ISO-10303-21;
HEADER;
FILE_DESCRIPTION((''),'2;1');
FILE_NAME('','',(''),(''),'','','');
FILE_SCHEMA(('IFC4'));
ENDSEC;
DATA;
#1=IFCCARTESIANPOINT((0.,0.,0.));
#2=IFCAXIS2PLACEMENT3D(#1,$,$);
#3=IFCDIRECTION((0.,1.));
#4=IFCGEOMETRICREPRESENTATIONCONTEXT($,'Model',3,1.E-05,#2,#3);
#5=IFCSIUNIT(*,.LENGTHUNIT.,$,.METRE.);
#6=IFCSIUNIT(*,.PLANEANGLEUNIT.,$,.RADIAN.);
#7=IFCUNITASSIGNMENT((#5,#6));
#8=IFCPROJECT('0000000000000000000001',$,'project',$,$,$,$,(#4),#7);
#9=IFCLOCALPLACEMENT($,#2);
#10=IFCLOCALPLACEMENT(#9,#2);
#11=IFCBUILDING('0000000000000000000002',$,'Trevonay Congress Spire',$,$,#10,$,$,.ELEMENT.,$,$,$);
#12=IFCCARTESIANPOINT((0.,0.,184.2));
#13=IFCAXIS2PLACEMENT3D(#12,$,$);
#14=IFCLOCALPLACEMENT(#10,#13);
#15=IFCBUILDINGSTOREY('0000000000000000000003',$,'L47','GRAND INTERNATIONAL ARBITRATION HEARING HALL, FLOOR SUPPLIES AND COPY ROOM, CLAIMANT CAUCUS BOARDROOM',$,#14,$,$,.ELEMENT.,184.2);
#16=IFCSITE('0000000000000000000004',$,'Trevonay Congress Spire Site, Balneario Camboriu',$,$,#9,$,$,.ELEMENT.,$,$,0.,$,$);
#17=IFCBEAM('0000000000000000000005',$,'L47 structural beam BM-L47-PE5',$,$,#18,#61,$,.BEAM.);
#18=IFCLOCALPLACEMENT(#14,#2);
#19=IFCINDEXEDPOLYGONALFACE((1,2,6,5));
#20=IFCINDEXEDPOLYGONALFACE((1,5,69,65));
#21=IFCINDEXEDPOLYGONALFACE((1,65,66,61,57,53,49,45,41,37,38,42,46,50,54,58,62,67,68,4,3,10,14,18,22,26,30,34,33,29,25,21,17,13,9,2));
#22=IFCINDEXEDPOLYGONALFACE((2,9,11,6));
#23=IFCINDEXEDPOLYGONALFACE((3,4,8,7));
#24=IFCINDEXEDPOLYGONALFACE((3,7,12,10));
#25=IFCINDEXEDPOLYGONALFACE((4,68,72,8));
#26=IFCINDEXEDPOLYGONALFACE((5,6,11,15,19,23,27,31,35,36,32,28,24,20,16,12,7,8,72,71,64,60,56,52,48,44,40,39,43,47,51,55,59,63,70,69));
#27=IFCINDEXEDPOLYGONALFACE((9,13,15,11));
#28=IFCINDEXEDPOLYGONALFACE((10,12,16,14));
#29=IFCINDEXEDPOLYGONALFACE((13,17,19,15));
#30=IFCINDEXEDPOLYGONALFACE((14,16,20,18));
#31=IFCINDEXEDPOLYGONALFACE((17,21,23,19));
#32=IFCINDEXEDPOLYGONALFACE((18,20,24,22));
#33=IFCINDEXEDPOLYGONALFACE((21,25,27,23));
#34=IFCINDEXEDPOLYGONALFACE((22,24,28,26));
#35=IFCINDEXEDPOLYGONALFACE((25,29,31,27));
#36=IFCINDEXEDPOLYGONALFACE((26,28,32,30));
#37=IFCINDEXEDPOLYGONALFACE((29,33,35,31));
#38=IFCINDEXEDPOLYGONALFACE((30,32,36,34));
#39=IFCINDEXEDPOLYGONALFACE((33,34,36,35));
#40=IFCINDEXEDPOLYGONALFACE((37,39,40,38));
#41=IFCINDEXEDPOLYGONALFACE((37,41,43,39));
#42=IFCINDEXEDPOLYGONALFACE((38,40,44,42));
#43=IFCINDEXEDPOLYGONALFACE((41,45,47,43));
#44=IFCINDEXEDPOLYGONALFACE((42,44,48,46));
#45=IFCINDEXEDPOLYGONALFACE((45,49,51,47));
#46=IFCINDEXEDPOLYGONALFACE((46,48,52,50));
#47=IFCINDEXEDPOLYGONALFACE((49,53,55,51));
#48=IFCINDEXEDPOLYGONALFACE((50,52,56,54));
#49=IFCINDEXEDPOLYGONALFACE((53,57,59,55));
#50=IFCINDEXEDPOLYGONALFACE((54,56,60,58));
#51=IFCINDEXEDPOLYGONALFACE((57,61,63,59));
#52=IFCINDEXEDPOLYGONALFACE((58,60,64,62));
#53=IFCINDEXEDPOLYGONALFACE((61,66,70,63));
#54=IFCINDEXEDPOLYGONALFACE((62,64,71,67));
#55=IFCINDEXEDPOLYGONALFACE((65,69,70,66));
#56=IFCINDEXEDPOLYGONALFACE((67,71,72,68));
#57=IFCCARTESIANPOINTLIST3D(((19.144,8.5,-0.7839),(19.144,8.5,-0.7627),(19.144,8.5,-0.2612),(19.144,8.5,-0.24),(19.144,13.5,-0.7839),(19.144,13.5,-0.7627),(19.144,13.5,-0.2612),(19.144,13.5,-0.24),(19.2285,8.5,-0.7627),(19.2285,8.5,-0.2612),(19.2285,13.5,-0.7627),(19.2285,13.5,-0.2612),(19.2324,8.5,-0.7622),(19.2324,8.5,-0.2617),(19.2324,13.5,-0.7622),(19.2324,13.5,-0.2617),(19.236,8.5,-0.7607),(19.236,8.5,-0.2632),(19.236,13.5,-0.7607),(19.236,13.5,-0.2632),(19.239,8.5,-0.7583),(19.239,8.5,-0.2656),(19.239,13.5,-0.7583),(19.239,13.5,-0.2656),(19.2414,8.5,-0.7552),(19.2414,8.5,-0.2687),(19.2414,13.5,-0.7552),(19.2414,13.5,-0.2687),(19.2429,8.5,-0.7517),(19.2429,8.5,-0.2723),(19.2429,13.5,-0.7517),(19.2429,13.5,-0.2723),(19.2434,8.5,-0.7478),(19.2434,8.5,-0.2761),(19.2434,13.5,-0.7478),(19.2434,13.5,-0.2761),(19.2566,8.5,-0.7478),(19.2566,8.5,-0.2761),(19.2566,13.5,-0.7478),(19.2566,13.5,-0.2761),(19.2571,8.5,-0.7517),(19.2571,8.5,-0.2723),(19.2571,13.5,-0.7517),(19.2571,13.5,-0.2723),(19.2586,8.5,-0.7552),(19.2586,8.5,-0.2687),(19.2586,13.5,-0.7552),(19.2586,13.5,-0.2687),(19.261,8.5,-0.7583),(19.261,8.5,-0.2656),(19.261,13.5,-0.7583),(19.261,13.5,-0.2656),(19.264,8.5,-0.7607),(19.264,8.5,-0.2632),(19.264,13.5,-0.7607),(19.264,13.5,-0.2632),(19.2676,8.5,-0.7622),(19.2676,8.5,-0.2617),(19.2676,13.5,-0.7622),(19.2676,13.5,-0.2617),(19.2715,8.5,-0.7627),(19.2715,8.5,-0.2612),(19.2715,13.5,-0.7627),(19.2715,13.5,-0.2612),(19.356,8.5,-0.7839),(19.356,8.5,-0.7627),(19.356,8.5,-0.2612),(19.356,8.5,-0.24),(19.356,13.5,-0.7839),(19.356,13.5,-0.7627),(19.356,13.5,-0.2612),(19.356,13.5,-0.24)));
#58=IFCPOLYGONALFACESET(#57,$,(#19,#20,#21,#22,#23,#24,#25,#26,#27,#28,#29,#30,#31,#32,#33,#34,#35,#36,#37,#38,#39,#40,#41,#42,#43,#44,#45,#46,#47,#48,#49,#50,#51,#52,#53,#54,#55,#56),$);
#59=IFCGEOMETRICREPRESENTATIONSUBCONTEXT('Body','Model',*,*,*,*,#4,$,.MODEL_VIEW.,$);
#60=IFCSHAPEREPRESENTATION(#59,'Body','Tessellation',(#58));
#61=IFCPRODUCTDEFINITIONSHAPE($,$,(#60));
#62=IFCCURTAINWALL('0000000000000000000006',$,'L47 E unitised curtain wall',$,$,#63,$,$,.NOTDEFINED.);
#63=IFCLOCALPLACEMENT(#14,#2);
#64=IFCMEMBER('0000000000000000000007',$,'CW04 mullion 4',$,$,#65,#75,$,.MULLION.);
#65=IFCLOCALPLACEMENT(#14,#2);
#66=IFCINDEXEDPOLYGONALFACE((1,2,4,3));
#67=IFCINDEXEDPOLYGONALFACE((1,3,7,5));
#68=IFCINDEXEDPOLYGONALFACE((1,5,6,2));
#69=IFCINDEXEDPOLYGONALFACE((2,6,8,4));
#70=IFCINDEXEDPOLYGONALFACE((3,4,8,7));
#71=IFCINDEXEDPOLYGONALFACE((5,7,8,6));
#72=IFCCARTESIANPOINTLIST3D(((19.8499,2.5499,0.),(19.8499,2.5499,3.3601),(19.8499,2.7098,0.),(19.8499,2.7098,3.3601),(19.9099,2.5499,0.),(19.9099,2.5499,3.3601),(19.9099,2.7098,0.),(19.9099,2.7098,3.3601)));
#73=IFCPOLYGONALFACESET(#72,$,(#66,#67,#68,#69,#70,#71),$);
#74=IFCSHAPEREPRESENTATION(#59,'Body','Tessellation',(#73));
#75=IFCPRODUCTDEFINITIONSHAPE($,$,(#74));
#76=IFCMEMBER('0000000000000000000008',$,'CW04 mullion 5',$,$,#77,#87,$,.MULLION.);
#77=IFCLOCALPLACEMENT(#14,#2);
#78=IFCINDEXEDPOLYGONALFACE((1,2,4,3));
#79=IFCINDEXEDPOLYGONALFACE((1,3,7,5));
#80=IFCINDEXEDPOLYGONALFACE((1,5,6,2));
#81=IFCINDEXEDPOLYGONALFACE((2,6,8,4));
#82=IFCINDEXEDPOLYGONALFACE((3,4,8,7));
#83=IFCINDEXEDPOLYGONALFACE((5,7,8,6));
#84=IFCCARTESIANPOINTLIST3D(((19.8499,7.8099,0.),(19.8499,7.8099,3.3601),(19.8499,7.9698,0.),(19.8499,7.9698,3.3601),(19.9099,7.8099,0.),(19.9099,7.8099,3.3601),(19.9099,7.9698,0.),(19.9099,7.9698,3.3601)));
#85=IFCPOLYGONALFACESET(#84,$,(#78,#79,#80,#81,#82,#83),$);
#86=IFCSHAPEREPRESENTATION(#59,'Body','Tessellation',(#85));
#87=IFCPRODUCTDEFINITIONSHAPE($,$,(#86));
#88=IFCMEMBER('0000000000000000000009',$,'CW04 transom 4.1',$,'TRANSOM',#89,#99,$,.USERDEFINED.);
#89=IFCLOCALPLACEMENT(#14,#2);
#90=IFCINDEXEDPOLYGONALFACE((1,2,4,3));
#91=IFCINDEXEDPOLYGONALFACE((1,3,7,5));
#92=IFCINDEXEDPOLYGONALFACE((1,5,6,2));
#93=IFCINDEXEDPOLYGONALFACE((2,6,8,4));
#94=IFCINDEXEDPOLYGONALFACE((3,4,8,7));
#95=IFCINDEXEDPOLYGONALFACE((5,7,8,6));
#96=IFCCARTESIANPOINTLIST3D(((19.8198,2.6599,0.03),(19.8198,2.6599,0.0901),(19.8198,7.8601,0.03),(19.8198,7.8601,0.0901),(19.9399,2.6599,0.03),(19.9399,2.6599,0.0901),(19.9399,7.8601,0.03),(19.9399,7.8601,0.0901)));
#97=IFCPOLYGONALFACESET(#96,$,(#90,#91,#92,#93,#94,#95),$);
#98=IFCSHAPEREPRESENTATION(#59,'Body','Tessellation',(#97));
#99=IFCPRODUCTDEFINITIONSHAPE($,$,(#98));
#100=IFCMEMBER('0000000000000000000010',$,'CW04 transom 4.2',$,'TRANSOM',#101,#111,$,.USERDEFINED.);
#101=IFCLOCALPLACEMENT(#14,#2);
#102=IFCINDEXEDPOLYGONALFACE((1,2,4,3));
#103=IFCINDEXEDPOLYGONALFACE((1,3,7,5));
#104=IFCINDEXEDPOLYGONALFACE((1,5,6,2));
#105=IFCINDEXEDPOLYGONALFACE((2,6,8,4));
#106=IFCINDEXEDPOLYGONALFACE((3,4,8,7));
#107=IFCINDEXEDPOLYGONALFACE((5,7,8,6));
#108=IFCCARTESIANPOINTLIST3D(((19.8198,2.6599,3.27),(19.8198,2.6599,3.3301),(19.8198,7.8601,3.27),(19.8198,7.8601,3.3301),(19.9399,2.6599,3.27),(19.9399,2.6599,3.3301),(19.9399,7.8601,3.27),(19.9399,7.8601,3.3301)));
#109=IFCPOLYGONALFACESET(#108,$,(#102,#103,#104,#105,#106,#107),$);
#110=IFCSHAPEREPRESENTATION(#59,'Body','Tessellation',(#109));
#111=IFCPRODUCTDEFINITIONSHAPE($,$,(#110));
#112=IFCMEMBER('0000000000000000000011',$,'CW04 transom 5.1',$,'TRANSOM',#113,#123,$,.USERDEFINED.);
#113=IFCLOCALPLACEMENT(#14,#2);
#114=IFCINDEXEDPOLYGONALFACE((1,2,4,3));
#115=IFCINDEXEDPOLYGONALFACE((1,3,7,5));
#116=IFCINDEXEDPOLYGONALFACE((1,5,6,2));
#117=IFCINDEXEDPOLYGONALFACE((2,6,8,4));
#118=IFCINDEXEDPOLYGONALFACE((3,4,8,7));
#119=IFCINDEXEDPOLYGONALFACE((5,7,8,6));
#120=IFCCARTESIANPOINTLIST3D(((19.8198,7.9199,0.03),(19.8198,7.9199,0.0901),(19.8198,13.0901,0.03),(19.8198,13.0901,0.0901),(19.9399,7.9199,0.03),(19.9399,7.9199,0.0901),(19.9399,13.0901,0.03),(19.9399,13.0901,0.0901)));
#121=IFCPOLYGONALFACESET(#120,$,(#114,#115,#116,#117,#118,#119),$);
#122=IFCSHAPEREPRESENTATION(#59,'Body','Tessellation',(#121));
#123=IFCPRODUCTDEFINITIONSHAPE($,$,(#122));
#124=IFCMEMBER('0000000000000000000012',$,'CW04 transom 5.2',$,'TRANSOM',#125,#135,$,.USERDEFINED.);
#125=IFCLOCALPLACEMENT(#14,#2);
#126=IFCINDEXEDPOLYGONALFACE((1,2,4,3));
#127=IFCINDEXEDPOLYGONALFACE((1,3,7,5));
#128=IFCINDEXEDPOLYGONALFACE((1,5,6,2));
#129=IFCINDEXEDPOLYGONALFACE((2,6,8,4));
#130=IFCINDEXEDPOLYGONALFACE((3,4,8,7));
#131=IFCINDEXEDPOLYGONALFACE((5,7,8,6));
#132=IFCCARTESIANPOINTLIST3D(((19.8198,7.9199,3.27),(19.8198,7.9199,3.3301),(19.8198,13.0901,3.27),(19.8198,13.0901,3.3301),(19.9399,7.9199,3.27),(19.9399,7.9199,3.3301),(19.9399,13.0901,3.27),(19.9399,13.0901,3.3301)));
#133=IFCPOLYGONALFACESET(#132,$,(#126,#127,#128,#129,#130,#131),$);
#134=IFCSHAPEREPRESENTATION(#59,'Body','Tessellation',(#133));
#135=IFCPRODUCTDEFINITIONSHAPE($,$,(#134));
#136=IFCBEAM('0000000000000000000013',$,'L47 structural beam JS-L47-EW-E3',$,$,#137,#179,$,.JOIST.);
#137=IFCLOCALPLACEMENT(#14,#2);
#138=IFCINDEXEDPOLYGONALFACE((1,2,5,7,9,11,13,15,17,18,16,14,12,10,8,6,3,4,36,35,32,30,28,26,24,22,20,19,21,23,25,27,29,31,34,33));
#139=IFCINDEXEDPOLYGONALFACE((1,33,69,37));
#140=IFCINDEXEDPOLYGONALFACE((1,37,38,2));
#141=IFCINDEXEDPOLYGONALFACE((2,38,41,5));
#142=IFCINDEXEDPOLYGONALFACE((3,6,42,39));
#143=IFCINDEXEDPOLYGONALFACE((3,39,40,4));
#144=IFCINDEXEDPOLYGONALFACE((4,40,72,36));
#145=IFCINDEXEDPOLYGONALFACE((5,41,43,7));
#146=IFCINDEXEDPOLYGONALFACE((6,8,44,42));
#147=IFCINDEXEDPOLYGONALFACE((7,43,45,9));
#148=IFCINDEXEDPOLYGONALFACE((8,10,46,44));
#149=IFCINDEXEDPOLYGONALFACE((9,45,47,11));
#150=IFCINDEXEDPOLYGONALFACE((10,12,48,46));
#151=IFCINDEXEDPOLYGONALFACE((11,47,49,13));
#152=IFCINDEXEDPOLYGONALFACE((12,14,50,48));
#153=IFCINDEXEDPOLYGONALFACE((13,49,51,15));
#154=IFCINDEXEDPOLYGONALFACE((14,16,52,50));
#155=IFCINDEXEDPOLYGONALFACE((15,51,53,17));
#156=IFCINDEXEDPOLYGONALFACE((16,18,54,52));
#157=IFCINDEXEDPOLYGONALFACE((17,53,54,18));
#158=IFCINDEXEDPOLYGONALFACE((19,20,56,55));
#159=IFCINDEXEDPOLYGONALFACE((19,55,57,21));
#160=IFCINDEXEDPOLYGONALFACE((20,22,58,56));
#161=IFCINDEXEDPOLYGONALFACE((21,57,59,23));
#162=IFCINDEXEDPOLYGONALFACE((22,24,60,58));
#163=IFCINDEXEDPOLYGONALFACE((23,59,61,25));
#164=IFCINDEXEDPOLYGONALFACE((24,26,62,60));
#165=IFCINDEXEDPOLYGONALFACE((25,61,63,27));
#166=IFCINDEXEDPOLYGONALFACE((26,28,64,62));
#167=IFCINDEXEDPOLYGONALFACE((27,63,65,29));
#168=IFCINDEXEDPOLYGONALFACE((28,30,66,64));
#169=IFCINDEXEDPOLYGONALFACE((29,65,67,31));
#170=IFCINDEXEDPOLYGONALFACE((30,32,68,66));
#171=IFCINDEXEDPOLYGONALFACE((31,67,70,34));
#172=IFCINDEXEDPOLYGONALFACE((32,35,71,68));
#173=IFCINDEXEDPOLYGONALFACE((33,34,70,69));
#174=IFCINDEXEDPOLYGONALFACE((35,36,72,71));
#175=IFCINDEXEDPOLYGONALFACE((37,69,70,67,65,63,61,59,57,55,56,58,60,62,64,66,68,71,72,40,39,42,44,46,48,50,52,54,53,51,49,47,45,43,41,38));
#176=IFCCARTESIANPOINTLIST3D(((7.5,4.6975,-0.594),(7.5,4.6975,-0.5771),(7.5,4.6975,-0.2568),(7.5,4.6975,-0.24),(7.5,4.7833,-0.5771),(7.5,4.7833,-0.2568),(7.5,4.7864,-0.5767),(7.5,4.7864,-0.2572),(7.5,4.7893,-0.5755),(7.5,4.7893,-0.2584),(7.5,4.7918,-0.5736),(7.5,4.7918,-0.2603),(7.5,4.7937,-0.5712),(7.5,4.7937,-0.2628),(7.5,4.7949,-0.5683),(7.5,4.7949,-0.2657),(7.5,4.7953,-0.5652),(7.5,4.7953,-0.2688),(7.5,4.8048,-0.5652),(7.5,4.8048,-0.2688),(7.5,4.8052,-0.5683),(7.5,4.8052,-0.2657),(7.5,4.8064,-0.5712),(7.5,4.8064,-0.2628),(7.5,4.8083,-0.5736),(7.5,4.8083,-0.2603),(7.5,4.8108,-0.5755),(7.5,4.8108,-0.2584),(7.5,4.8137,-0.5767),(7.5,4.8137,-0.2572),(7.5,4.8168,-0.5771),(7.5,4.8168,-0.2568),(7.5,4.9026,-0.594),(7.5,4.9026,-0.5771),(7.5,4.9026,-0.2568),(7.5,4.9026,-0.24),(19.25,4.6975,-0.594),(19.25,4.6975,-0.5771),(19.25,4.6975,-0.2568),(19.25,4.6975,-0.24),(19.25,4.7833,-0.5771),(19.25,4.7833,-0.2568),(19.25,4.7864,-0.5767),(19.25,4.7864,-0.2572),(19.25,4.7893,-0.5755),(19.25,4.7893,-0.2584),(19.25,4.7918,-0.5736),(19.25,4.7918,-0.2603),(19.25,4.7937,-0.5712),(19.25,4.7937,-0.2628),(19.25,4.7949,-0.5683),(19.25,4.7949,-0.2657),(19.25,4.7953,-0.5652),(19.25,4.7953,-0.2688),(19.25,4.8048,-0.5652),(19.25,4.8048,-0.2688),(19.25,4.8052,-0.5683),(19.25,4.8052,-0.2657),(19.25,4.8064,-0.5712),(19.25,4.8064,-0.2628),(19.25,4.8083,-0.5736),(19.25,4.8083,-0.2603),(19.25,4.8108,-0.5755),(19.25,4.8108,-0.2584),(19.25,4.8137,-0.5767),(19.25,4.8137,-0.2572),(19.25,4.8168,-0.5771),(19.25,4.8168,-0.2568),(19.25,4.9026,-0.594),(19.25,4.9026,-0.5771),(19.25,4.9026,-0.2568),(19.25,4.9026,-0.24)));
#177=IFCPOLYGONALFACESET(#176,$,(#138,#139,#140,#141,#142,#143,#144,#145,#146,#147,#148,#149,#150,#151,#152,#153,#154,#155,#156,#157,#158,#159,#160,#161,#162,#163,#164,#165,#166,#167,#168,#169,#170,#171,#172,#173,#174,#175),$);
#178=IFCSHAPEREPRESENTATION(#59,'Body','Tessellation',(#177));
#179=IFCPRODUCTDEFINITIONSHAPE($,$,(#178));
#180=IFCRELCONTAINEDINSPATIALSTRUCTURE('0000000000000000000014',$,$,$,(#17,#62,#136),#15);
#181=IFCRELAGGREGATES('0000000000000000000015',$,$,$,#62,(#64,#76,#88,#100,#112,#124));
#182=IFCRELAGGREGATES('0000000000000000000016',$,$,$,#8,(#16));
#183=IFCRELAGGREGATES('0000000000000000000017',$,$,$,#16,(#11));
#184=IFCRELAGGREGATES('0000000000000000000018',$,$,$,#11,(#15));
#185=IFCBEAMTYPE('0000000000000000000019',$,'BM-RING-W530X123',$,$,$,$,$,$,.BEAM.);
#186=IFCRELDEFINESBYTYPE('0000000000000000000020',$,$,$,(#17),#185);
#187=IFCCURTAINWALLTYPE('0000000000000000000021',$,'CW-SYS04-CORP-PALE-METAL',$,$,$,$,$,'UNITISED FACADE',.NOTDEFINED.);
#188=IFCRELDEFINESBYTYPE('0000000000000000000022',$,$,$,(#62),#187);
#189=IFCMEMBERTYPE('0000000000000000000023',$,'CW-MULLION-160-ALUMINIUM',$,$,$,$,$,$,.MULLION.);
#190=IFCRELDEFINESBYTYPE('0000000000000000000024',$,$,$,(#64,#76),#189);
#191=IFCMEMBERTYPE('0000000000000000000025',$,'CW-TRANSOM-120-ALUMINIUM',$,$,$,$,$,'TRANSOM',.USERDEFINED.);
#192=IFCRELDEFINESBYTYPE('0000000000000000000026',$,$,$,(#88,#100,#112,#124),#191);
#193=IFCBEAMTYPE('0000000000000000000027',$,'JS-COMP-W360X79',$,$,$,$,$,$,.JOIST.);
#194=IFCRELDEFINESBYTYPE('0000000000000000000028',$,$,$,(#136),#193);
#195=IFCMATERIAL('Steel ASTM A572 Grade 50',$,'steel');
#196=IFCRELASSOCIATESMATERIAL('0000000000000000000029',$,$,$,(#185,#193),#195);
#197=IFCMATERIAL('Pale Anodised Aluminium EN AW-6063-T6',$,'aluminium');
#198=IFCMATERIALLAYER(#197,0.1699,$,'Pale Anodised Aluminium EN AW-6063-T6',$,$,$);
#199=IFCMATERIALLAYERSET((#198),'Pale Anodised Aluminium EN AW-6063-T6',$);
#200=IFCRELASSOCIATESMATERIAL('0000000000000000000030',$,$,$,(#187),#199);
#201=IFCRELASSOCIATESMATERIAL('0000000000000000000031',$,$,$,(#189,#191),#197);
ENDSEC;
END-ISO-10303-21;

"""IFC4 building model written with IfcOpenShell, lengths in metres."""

from ifc_helpers import new_model, si_unit, direction, frame, origin, origin_2d, place, context, subcontext, project, spatial, rectangle, i_section, extrude, material, layer, layer_set, material_profile, profile_set, type_object, element, aggregate, save


model = new_model("IFC4")

# Units and contexts
model_context = context("Model", 3, precision=1e-05, world=origin(), true_north=direction((0.0, 1.0)))
body_context = subcontext(model_context, "Body", "Model", "MODEL_VIEW")
ifc_project = project(units=[si_unit("LENGTHUNIT", "METRE"), si_unit("PLANEANGLEUNIT", "RADIAN")], contexts=[model_context])

# Site, building, storey
site_placement = place(None, origin())
site = spatial("IfcSite", under=ifc_project, at=site_placement, Name="Trevonay Congress Spire Site, Balneario Camboriu", CompositionType="ELEMENT", RefElevation=0.0)
building_placement = place(site_placement, origin())
building = spatial("IfcBuilding", under=site, at=building_placement, Name="Trevonay Congress Spire", CompositionType="ELEMENT")
storey_placement = place(building_placement, frame((0.0, 0.0, 184.2)))
storey = spatial("IfcBuildingStorey", under=building, at=storey_placement, Name="L47", Description="GRAND INTERNATIONAL ARBITRATION HEARING HALL, FLOOR SUPPLIES AND COPY ROOM, CLAIMANT CAUCUS BOARDROOM", CompositionType="ELEMENT", Elevation=184.2)

# Shared definitions
ifc_material_1 = material(Name="Steel ASTM A572 Grade 50", Category="steel")

# Beam
ifc_material_profile_1 = material_profile(ifc_material_1, i_section(OverallWidth=0.2119, OverallDepth=0.5439, WebThickness=0.0132, FlangeThickness=0.0212, FilletRadius=0.0149, at=origin_2d()), Name="W530x123")
ifc_profile_set_1 = profile_set([ifc_material_profile_1], Name="Steel ASTM A572 Grade 50")
beam_type_1 = type_object("IfcBeamType", Name="BM-RING-W530X123", PredefinedType="BEAM", material=ifc_profile_set_1)
beam_1_placement = place(storey_placement, frame((19.25, 8.5, -0.512), z_axis=(0.0, 1.0, 0.0), x_axis=(-1.0, 0.0, 0.0)))
element("IfcBeam", 1, at=beam_1_placement, inside=storey, type_object=beam_type_1, Name="L47 structural beam BM-L47-PE5", PredefinedType="BEAM", context=body_context, shape_type="SweptSolid", body=[
    extrude(i_section(OverallWidth=0.2119, OverallDepth=0.5439, WebThickness=0.0132, FlangeThickness=0.0212, FilletRadius=0.0149, at=origin_2d()), origin(), (0.0, 0.0, 1.0), 5.0),
])

# Curtain wall, members
ifc_material_2 = material(Name="Pale Anodised Aluminium EN AW-6063-T6", Category="aluminium")
ifc_layer_1 = layer(ifc_material_2, 0.1699, Name="Pale Anodised Aluminium EN AW-6063-T6")
ifc_layer_set_1 = layer_set([ifc_layer_1], Name="Pale Anodised Aluminium EN AW-6063-T6")
curtain_wall_type = type_object("IfcCurtainWallType", Name="CW-SYS04-CORP-PALE-METAL", ElementType="UNITISED FACADE", PredefinedType="NOTDEFINED", material=ifc_layer_set_1)
curtain_wall_placement = place(storey_placement, origin())
curtain_wall = element("IfcCurtainWall", 2, at=curtain_wall_placement, inside=storey, type_object=curtain_wall_type, Name="L47 E unitised curtain wall", PredefinedType="NOTDEFINED")
ifc_material_profile_2 = material_profile(ifc_material_2, rectangle(XDim=0.0601, YDim=0.1599, at=origin_2d()), Name="CW-MULLION-160-ALUMINIUM")
ifc_profile_set_2 = profile_set([ifc_material_profile_2], Name="Pale Anodised Aluminium EN AW-6063-T6")
member_type_1 = type_object("IfcMemberType", Name="CW-MULLION-160-ALUMINIUM", PredefinedType="MULLION", material=ifc_profile_set_2)
member_1_placement = place(storey_placement, frame((19.8799, 2.6299, 0.0), z_axis=(0.0, 0.0, 1.0), x_axis=(-1.0, 0.0, 0.0)))
member_1 = element("IfcMember", 3, at=member_1_placement, type_object=member_type_1, Name="CW04 mullion 4", PredefinedType="MULLION", context=body_context, shape_type="SweptSolid", body=[
    extrude(rectangle(XDim=0.0601, YDim=0.1599, at=origin_2d()), origin(), (0.0, 0.0, 1.0), 3.3601),
])
member_2_placement = place(storey_placement, frame((19.8799, 7.8899, 0.0), z_axis=(0.0, 0.0, 1.0), x_axis=(-1.0, 0.0, 0.0)))
member_2 = element("IfcMember", 4, at=member_2_placement, type_object=member_type_1, Name="CW04 mullion 5", PredefinedType="MULLION", context=body_context, shape_type="SweptSolid", body=[
    extrude(rectangle(XDim=0.0601, YDim=0.1599, at=origin_2d()), origin(), (0.0, 0.0, 1.0), 3.3601),
])
ifc_material_profile_3 = material_profile(ifc_material_2, rectangle(XDim=0.1201, YDim=0.0601, at=origin_2d()), Name="CW-TRANSOM-120-ALUMINIUM")
ifc_profile_set_3 = profile_set([ifc_material_profile_3], Name="Pale Anodised Aluminium EN AW-6063-T6")
member_type_2 = type_object("IfcMemberType", Name="CW-TRANSOM-120-ALUMINIUM", ElementType="TRANSOM", PredefinedType="USERDEFINED", material=ifc_profile_set_3)
member_3_placement = place(storey_placement, frame((19.8799, 2.6599, 0.0601), z_axis=(0.0, 1.0, 0.0), x_axis=(-1.0, 0.0, 0.0)))
member_3 = element("IfcMember", 5, at=member_3_placement, type_object=member_type_2, Name="CW04 transom 4.1", ObjectType="TRANSOM", PredefinedType="USERDEFINED", context=body_context, shape_type="SweptSolid", body=[
    extrude(rectangle(XDim=0.1201, YDim=0.0601, at=origin_2d()), origin(), (0.0, 0.0, 1.0), 5.2002),
])
member_4_placement = place(storey_placement, frame((19.8799, 2.6599, 3.3), z_axis=(0.0, 1.0, 0.0), x_axis=(-1.0, 0.0, 0.0)))
member_4 = element("IfcMember", 6, at=member_4_placement, type_object=member_type_2, Name="CW04 transom 4.2", ObjectType="TRANSOM", PredefinedType="USERDEFINED", context=body_context, shape_type="SweptSolid", body=[
    extrude(rectangle(XDim=0.1201, YDim=0.0601, at=origin_2d()), origin(), (0.0, 0.0, 1.0), 5.2002),
])
member_5_placement = place(storey_placement, frame((19.8799, 7.9199, 0.0601), z_axis=(0.0, 1.0, 0.0), x_axis=(-1.0, 0.0, 0.0)))
member_5 = element("IfcMember", 7, at=member_5_placement, type_object=member_type_2, Name="CW04 transom 5.1", ObjectType="TRANSOM", PredefinedType="USERDEFINED", context=body_context, shape_type="SweptSolid", body=[
    extrude(rectangle(XDim=0.1201, YDim=0.0601, at=origin_2d()), origin(), (0.0, 0.0, 1.0), 5.1702),
])
member_6_placement = place(storey_placement, frame((19.8799, 7.9199, 3.3), z_axis=(0.0, 1.0, 0.0), x_axis=(-1.0, 0.0, 0.0)))
member_6 = element("IfcMember", 8, at=member_6_placement, type_object=member_type_2, Name="CW04 transom 5.2", ObjectType="TRANSOM", PredefinedType="USERDEFINED", context=body_context, shape_type="SweptSolid", body=[
    extrude(rectangle(XDim=0.1201, YDim=0.0601, at=origin_2d()), origin(), (0.0, 0.0, 1.0), 5.1702),
])

# Beam
ifc_material_profile_4 = material_profile(ifc_material_1, i_section(OverallWidth=0.2051, OverallDepth=0.354, WebThickness=0.0095, FlangeThickness=0.0168, FilletRadius=0.012, at=origin_2d()), Name="W360x79")
ifc_profile_set_4 = profile_set([ifc_material_profile_4], Name="Steel ASTM A572 Grade 50")
beam_type_2 = type_object("IfcBeamType", Name="JS-COMP-W360X79", PredefinedType="JOIST", material=ifc_profile_set_4)
beam_2_placement = place(storey_placement, frame((7.5, 4.8, -0.417), z_axis=(1.0, 0.0, 0.0), x_axis=(0.0, 1.0, 0.0)))
element("IfcBeam", 9, at=beam_2_placement, inside=storey, type_object=beam_type_2, Name="L47 structural beam JS-L47-EW-E3", PredefinedType="JOIST", context=body_context, shape_type="SweptSolid", body=[
    extrude(i_section(OverallWidth=0.2051, OverallDepth=0.354, WebThickness=0.0095, FlangeThickness=0.0168, FilletRadius=0.012, at=origin_2d()), origin(), (0.0, 0.0, 1.0), 11.75),
])

aggregate(curtain_wall, [member_1, member_2, member_3, member_4, member_5, member_6])

save(model, "model.ifc")
